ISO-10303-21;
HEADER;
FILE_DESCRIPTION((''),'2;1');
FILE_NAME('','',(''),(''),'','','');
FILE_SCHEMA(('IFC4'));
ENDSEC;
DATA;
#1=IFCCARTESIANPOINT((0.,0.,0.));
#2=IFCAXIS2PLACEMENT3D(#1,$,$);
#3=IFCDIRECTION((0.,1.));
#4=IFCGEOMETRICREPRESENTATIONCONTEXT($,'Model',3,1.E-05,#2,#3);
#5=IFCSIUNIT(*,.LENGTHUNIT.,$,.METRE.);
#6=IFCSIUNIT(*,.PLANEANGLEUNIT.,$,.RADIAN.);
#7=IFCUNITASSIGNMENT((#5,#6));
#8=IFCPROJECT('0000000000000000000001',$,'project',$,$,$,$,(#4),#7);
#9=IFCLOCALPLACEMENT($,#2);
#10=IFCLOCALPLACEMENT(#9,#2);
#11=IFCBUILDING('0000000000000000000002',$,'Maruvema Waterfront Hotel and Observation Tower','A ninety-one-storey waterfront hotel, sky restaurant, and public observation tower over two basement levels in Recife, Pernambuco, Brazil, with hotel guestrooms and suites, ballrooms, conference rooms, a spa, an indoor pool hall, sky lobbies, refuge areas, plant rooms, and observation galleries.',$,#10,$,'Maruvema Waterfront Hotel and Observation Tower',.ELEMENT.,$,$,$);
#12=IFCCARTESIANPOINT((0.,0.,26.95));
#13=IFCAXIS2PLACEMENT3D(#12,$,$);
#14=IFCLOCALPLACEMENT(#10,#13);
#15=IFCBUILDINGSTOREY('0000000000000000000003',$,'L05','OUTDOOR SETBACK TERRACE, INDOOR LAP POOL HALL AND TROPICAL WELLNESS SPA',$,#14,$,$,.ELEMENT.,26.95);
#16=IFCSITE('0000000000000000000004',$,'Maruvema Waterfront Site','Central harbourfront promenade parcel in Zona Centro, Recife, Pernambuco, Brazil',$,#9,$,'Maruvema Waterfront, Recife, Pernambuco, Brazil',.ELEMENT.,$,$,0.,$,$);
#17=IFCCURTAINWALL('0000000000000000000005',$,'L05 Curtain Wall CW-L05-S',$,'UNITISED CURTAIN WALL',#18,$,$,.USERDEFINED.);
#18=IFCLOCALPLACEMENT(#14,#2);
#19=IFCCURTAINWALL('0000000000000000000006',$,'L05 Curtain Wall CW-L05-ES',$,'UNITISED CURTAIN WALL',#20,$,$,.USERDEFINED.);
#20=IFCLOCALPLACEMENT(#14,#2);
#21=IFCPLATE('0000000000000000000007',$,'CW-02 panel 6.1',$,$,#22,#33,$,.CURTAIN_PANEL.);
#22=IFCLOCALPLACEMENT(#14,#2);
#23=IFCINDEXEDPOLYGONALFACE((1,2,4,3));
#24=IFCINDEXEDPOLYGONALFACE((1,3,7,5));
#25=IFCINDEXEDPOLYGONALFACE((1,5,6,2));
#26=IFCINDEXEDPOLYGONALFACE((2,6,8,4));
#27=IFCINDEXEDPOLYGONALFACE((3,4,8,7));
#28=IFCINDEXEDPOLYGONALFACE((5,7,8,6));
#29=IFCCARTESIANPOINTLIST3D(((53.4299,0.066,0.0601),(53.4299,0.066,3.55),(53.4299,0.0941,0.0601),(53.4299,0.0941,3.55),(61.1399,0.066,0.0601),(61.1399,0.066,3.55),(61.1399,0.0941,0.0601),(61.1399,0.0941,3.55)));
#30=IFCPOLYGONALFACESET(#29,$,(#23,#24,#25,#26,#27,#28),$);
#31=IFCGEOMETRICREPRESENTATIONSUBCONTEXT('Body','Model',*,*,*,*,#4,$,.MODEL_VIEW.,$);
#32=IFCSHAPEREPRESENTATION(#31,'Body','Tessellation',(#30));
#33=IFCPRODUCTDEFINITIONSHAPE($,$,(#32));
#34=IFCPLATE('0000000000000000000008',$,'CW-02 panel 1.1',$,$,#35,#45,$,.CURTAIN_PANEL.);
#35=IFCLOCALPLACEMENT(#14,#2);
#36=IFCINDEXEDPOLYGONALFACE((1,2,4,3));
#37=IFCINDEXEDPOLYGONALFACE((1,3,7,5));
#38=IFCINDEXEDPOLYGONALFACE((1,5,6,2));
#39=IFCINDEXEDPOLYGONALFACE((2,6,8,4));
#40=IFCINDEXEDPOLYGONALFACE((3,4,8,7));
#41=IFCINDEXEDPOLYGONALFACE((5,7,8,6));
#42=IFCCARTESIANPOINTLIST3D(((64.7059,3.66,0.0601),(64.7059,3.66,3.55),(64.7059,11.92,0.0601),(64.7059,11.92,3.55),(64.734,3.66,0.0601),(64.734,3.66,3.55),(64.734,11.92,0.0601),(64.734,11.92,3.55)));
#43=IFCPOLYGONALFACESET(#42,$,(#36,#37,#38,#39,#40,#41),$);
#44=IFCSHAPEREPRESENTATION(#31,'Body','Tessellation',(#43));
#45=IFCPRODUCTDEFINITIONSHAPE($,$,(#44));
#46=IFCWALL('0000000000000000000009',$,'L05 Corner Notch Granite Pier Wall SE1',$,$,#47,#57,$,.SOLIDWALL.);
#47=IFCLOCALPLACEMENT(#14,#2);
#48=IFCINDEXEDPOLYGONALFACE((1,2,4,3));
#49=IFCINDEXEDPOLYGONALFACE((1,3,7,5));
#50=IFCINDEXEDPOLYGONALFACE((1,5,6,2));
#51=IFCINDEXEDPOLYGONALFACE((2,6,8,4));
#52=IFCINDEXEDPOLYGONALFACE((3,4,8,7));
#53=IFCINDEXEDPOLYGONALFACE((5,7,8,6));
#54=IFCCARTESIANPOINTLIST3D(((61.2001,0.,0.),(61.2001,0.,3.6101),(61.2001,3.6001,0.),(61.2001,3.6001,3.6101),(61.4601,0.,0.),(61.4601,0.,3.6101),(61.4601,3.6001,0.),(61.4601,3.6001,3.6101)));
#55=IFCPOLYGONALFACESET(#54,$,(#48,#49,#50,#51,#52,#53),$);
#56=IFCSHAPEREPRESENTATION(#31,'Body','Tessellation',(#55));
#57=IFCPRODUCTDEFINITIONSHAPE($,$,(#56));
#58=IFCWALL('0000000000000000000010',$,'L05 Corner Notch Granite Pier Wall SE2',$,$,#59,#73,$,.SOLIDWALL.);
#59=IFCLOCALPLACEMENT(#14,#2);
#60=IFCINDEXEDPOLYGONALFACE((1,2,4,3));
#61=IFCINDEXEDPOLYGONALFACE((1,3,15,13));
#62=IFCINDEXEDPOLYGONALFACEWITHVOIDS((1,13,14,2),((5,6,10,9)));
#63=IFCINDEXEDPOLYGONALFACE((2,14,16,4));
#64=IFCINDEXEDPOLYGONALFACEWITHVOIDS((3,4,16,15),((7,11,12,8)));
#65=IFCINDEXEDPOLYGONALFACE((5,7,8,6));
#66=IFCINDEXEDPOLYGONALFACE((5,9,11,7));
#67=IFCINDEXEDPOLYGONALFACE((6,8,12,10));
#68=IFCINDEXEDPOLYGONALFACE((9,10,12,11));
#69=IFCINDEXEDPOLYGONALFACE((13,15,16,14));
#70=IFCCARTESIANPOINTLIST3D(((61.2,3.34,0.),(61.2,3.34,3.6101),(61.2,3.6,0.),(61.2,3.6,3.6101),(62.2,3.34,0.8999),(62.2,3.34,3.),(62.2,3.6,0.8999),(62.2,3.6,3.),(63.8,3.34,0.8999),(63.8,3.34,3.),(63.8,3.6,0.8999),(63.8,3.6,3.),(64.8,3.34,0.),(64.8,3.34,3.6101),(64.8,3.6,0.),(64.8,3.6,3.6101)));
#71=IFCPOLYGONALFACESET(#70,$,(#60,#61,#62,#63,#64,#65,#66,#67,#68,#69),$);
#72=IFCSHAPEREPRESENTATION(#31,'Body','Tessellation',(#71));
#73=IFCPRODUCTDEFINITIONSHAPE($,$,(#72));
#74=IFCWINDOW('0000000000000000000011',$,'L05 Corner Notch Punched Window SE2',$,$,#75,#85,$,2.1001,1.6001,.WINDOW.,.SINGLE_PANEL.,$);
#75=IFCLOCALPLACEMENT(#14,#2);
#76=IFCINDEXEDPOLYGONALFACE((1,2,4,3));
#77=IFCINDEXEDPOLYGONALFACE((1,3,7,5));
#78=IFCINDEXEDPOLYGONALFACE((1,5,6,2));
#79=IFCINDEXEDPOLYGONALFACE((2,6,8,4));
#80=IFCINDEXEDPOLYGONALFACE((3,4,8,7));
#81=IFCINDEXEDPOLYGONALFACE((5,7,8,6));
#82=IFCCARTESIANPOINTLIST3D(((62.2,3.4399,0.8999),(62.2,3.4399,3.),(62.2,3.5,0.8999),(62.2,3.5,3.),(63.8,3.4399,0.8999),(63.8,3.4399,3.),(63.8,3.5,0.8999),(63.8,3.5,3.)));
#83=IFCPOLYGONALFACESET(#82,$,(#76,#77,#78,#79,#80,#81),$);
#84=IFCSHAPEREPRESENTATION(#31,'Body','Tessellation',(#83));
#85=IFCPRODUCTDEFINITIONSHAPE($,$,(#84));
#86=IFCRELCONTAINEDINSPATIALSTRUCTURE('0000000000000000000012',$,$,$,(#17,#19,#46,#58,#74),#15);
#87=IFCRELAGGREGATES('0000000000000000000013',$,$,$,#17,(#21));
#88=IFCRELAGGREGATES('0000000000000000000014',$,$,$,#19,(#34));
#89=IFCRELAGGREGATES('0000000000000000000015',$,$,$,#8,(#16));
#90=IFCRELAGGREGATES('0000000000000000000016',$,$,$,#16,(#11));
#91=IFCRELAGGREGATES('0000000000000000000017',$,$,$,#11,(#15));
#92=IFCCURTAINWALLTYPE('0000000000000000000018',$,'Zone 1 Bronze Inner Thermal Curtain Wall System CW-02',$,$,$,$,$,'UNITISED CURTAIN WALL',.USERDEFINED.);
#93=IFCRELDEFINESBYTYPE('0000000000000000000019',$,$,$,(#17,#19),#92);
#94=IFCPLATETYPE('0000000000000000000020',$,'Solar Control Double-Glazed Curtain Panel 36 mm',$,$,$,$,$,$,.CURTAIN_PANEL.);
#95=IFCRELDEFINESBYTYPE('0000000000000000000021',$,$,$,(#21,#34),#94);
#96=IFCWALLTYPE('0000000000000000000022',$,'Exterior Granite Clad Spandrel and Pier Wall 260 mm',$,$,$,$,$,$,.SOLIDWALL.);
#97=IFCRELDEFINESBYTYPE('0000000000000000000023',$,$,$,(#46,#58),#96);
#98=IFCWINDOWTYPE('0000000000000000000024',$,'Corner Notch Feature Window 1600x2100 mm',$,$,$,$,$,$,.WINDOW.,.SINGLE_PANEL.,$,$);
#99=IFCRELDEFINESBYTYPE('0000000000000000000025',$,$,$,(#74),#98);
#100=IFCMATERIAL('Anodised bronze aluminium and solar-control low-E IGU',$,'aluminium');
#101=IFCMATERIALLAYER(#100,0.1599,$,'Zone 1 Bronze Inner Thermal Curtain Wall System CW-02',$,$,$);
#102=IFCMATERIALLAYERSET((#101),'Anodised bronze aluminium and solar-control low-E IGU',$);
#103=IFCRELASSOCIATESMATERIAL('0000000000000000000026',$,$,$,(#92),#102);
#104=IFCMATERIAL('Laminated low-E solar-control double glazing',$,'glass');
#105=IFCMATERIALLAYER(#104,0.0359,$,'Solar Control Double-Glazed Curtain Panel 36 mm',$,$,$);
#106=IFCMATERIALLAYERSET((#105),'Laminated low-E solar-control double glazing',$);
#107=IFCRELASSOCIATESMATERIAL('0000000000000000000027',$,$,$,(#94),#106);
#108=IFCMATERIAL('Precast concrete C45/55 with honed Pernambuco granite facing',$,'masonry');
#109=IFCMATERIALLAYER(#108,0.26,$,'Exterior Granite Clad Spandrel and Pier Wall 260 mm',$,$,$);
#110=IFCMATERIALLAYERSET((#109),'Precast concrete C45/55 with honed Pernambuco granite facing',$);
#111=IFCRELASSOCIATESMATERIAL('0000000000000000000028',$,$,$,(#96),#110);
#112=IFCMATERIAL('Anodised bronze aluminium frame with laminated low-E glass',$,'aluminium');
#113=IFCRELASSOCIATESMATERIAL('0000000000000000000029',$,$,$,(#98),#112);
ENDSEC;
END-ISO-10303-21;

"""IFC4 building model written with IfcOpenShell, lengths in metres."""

from ifc_helpers import new_model, si_unit, direction, frame, frame_2d, origin, origin_2d, place, context, subcontext, project, spatial, rectangle, extrude, material, layer, layer_set, type_object, element, fill, aggregate, save


model = new_model("IFC4")

# Units and contexts
model_context = context("Model", 3, precision=1e-05, world=origin(), true_north=direction((0.0, 1.0)))
body_context = subcontext(model_context, "Body", "Model", "MODEL_VIEW")
ifc_project = project(units=[si_unit("LENGTHUNIT", "METRE"), si_unit("PLANEANGLEUNIT", "RADIAN")], contexts=[model_context])

# Site, building, storey
site_placement = place(None, origin())
site = spatial("IfcSite", under=ifc_project, at=site_placement, Name="Maruvema Waterfront Site", Description="Central harbourfront promenade parcel in Zona Centro, Recife, Pernambuco, Brazil", LongName="Maruvema Waterfront, Recife, Pernambuco, Brazil", CompositionType="ELEMENT", RefElevation=0.0)
building_placement = place(site_placement, origin())
building = spatial("IfcBuilding", under=site, at=building_placement, Name="Maruvema Waterfront Hotel and Observation Tower", Description="A ninety-one-storey waterfront hotel, sky restaurant, and public observation tower over two basement levels in Recife, Pernambuco, Brazil, with hotel guestrooms and suites, ballrooms, conference rooms, a spa, an indoor pool hall, sky lobbies, refuge areas, plant rooms, and observation galleries.", LongName="Maruvema Waterfront Hotel and Observation Tower", CompositionType="ELEMENT")
storey_placement = place(building_placement, frame((0.0, 0.0, 26.95)))
storey = spatial("IfcBuildingStorey", under=building, at=storey_placement, Name="L05", Description="OUTDOOR SETBACK TERRACE, INDOOR LAP POOL HALL AND TROPICAL WELLNESS SPA", CompositionType="ELEMENT", Elevation=26.95)

# Curtain walls
ifc_material_1 = material(Name="Anodised bronze aluminium and solar-control low-E IGU", Category="aluminium")
ifc_layer_1 = layer(ifc_material_1, 0.1599, Name="Zone 1 Bronze Inner Thermal Curtain Wall System CW-02")
ifc_layer_set_1 = layer_set([ifc_layer_1], Name="Anodised bronze aluminium and solar-control low-E IGU")
curtain_wall_type = type_object("IfcCurtainWallType", Name="Zone 1 Bronze Inner Thermal Curtain Wall System CW-02", ElementType="UNITISED CURTAIN WALL", PredefinedType="USERDEFINED", material=ifc_layer_set_1)
curtain_wall_1_placement = place(storey_placement, origin())
curtain_wall_1 = element("IfcCurtainWall", 1, at=curtain_wall_1_placement, inside=storey, type_object=curtain_wall_type, Name="L05 Curtain Wall CW-L05-S", ObjectType="UNITISED CURTAIN WALL", PredefinedType="USERDEFINED")
curtain_wall_2_placement = place(storey_placement, origin())
curtain_wall_2 = element("IfcCurtainWall", 2, at=curtain_wall_2_placement, inside=storey, type_object=curtain_wall_type, Name="L05 Curtain Wall CW-L05-ES", ObjectType="UNITISED CURTAIN WALL", PredefinedType="USERDEFINED")

# Plates
ifc_material_2 = material(Name="Laminated low-E solar-control double glazing", Category="glass")
ifc_layer_2 = layer(ifc_material_2, 0.0359, Name="Solar Control Double-Glazed Curtain Panel 36 mm")
ifc_layer_set_2 = layer_set([ifc_layer_2], Name="Laminated low-E solar-control double glazing")
plate_type = type_object("IfcPlateType", Name="Solar Control Double-Glazed Curtain Panel 36 mm", PredefinedType="CURTAIN_PANEL", material=ifc_layer_set_2)
plate_1_placement = place(storey_placement, frame((57.2849, 0.0801, 0.0601), z_axis=(0.0, 0.0, 1.0), x_axis=(1.0, 0.0, 0.0)))
plate_1 = element("IfcPlate", 3, at=plate_1_placement, type_object=plate_type, Name="CW-02 panel 6.1", PredefinedType="CURTAIN_PANEL", context=body_context, shape_type="SweptSolid", body=[
    extrude(rectangle(XDim=7.71, YDim=0.0281, at=origin_2d()), origin(), (0.0, 0.0, 1.0), 3.49),
])
aggregate(curtain_wall_1, [plate_1])
plate_2_placement = place(storey_placement, frame((64.72, 7.79, 0.0601), z_axis=(0.0, 0.0, 1.0), x_axis=(0.0, 1.0, 0.0)))
plate_2 = element("IfcPlate", 4, at=plate_2_placement, type_object=plate_type, Name="CW-02 panel 1.1", PredefinedType="CURTAIN_PANEL", context=body_context, shape_type="SweptSolid", body=[
    extrude(rectangle(XDim=8.26, YDim=0.0281, at=origin_2d()), origin(), (0.0, 0.0, 1.0), 3.49),
])
aggregate(curtain_wall_2, [plate_2])

# Wall
ifc_material_3 = material(Name="Precast concrete C45/55 with honed Pernambuco granite facing", Category="masonry")
ifc_layer_3 = layer(ifc_material_3, 0.26, Name="Exterior Granite Clad Spandrel and Pier Wall 260 mm")
ifc_layer_set_3 = layer_set([ifc_layer_3], Name="Precast concrete C45/55 with honed Pernambuco granite facing")
wall_type = type_object("IfcWallType", Name="Exterior Granite Clad Spandrel and Pier Wall 260 mm", PredefinedType="SOLIDWALL", material=ifc_layer_set_3)
wall_1_placement = place(storey_placement, frame((61.3301, 3.6001, 0.0), z_axis=(0.0, 0.0, 1.0), x_axis=(0.0, -1.0, 0.0)))
element("IfcWall", 5, at=wall_1_placement, inside=storey, type_object=wall_type, Name="L05 Corner Notch Granite Pier Wall SE1", PredefinedType="SOLIDWALL", context=body_context, shape_type="SweptSolid", body=[
    extrude(rectangle(XDim=3.6001, YDim=0.26, at=frame_2d((1.8, 0.0))), origin(), (0.0, 0.0, 1.0), 3.6101),
])

# Wall, opening, window
wall_2_placement = place(storey_placement, frame((64.8, 3.47, 0.0), z_axis=(0.0, 0.0, 1.0), x_axis=(-1.0, 0.0, 0.0)))
wall_2 = element("IfcWall", 6, at=wall_2_placement, inside=storey, type_object=wall_type, Name="L05 Corner Notch Granite Pier Wall SE2", PredefinedType="SOLIDWALL", context=body_context, shape_type="SweptSolid", body=[
    extrude(rectangle(XDim=3.6001, YDim=0.26, at=frame_2d((1.8, 0.0))), origin(), (0.0, 0.0, 1.0), 3.6101),
])
opening_placement = place(wall_2_placement, frame((1.0, 0.0, 0.8999)))
opening = element("IfcOpeningElement", 7, at=opening_placement, cuts=wall_2, PredefinedType="OPENING", context=body_context, shape_type="SweptSolid", body=[
    extrude(rectangle(XDim=1.6001, YDim=2.1001, at=frame_2d((0.8, 1.05))), frame((0.0, 0.1401, 0.0), z_axis=(0.0, -1.0, 0.0), x_axis=(1.0, 0.0, 0.0)), (0.0, 0.0, 1.0), 0.28),
])
ifc_material_4 = material(Name="Anodised bronze aluminium frame with laminated low-E glass", Category="aluminium")
window_type = type_object("IfcWindowType", Name="Corner Notch Feature Window 1600x2100 mm", PartitioningType="SINGLE_PANEL", PredefinedType="WINDOW", material=ifc_material_4)
window_placement = place(opening_placement, origin())
window = element("IfcWindow", 8, at=window_placement, inside=storey, type_object=window_type, Name="L05 Corner Notch Punched Window SE2", OverallHeight=2.1001, OverallWidth=1.6001, PartitioningType="SINGLE_PANEL", PredefinedType="WINDOW", context=body_context, shape_type="SweptSolid", body=[
    extrude(rectangle(XDim=1.6001, YDim=2.1001, at=frame_2d((0.8, 1.05))), frame((0.0, 0.03, 0.0), z_axis=(0.0, -1.0, 0.0), x_axis=(1.0, 0.0, 0.0)), (0.0, 0.0, 1.0), 0.0601),
])
fill(opening, window)

save(model, "model.ifc")
